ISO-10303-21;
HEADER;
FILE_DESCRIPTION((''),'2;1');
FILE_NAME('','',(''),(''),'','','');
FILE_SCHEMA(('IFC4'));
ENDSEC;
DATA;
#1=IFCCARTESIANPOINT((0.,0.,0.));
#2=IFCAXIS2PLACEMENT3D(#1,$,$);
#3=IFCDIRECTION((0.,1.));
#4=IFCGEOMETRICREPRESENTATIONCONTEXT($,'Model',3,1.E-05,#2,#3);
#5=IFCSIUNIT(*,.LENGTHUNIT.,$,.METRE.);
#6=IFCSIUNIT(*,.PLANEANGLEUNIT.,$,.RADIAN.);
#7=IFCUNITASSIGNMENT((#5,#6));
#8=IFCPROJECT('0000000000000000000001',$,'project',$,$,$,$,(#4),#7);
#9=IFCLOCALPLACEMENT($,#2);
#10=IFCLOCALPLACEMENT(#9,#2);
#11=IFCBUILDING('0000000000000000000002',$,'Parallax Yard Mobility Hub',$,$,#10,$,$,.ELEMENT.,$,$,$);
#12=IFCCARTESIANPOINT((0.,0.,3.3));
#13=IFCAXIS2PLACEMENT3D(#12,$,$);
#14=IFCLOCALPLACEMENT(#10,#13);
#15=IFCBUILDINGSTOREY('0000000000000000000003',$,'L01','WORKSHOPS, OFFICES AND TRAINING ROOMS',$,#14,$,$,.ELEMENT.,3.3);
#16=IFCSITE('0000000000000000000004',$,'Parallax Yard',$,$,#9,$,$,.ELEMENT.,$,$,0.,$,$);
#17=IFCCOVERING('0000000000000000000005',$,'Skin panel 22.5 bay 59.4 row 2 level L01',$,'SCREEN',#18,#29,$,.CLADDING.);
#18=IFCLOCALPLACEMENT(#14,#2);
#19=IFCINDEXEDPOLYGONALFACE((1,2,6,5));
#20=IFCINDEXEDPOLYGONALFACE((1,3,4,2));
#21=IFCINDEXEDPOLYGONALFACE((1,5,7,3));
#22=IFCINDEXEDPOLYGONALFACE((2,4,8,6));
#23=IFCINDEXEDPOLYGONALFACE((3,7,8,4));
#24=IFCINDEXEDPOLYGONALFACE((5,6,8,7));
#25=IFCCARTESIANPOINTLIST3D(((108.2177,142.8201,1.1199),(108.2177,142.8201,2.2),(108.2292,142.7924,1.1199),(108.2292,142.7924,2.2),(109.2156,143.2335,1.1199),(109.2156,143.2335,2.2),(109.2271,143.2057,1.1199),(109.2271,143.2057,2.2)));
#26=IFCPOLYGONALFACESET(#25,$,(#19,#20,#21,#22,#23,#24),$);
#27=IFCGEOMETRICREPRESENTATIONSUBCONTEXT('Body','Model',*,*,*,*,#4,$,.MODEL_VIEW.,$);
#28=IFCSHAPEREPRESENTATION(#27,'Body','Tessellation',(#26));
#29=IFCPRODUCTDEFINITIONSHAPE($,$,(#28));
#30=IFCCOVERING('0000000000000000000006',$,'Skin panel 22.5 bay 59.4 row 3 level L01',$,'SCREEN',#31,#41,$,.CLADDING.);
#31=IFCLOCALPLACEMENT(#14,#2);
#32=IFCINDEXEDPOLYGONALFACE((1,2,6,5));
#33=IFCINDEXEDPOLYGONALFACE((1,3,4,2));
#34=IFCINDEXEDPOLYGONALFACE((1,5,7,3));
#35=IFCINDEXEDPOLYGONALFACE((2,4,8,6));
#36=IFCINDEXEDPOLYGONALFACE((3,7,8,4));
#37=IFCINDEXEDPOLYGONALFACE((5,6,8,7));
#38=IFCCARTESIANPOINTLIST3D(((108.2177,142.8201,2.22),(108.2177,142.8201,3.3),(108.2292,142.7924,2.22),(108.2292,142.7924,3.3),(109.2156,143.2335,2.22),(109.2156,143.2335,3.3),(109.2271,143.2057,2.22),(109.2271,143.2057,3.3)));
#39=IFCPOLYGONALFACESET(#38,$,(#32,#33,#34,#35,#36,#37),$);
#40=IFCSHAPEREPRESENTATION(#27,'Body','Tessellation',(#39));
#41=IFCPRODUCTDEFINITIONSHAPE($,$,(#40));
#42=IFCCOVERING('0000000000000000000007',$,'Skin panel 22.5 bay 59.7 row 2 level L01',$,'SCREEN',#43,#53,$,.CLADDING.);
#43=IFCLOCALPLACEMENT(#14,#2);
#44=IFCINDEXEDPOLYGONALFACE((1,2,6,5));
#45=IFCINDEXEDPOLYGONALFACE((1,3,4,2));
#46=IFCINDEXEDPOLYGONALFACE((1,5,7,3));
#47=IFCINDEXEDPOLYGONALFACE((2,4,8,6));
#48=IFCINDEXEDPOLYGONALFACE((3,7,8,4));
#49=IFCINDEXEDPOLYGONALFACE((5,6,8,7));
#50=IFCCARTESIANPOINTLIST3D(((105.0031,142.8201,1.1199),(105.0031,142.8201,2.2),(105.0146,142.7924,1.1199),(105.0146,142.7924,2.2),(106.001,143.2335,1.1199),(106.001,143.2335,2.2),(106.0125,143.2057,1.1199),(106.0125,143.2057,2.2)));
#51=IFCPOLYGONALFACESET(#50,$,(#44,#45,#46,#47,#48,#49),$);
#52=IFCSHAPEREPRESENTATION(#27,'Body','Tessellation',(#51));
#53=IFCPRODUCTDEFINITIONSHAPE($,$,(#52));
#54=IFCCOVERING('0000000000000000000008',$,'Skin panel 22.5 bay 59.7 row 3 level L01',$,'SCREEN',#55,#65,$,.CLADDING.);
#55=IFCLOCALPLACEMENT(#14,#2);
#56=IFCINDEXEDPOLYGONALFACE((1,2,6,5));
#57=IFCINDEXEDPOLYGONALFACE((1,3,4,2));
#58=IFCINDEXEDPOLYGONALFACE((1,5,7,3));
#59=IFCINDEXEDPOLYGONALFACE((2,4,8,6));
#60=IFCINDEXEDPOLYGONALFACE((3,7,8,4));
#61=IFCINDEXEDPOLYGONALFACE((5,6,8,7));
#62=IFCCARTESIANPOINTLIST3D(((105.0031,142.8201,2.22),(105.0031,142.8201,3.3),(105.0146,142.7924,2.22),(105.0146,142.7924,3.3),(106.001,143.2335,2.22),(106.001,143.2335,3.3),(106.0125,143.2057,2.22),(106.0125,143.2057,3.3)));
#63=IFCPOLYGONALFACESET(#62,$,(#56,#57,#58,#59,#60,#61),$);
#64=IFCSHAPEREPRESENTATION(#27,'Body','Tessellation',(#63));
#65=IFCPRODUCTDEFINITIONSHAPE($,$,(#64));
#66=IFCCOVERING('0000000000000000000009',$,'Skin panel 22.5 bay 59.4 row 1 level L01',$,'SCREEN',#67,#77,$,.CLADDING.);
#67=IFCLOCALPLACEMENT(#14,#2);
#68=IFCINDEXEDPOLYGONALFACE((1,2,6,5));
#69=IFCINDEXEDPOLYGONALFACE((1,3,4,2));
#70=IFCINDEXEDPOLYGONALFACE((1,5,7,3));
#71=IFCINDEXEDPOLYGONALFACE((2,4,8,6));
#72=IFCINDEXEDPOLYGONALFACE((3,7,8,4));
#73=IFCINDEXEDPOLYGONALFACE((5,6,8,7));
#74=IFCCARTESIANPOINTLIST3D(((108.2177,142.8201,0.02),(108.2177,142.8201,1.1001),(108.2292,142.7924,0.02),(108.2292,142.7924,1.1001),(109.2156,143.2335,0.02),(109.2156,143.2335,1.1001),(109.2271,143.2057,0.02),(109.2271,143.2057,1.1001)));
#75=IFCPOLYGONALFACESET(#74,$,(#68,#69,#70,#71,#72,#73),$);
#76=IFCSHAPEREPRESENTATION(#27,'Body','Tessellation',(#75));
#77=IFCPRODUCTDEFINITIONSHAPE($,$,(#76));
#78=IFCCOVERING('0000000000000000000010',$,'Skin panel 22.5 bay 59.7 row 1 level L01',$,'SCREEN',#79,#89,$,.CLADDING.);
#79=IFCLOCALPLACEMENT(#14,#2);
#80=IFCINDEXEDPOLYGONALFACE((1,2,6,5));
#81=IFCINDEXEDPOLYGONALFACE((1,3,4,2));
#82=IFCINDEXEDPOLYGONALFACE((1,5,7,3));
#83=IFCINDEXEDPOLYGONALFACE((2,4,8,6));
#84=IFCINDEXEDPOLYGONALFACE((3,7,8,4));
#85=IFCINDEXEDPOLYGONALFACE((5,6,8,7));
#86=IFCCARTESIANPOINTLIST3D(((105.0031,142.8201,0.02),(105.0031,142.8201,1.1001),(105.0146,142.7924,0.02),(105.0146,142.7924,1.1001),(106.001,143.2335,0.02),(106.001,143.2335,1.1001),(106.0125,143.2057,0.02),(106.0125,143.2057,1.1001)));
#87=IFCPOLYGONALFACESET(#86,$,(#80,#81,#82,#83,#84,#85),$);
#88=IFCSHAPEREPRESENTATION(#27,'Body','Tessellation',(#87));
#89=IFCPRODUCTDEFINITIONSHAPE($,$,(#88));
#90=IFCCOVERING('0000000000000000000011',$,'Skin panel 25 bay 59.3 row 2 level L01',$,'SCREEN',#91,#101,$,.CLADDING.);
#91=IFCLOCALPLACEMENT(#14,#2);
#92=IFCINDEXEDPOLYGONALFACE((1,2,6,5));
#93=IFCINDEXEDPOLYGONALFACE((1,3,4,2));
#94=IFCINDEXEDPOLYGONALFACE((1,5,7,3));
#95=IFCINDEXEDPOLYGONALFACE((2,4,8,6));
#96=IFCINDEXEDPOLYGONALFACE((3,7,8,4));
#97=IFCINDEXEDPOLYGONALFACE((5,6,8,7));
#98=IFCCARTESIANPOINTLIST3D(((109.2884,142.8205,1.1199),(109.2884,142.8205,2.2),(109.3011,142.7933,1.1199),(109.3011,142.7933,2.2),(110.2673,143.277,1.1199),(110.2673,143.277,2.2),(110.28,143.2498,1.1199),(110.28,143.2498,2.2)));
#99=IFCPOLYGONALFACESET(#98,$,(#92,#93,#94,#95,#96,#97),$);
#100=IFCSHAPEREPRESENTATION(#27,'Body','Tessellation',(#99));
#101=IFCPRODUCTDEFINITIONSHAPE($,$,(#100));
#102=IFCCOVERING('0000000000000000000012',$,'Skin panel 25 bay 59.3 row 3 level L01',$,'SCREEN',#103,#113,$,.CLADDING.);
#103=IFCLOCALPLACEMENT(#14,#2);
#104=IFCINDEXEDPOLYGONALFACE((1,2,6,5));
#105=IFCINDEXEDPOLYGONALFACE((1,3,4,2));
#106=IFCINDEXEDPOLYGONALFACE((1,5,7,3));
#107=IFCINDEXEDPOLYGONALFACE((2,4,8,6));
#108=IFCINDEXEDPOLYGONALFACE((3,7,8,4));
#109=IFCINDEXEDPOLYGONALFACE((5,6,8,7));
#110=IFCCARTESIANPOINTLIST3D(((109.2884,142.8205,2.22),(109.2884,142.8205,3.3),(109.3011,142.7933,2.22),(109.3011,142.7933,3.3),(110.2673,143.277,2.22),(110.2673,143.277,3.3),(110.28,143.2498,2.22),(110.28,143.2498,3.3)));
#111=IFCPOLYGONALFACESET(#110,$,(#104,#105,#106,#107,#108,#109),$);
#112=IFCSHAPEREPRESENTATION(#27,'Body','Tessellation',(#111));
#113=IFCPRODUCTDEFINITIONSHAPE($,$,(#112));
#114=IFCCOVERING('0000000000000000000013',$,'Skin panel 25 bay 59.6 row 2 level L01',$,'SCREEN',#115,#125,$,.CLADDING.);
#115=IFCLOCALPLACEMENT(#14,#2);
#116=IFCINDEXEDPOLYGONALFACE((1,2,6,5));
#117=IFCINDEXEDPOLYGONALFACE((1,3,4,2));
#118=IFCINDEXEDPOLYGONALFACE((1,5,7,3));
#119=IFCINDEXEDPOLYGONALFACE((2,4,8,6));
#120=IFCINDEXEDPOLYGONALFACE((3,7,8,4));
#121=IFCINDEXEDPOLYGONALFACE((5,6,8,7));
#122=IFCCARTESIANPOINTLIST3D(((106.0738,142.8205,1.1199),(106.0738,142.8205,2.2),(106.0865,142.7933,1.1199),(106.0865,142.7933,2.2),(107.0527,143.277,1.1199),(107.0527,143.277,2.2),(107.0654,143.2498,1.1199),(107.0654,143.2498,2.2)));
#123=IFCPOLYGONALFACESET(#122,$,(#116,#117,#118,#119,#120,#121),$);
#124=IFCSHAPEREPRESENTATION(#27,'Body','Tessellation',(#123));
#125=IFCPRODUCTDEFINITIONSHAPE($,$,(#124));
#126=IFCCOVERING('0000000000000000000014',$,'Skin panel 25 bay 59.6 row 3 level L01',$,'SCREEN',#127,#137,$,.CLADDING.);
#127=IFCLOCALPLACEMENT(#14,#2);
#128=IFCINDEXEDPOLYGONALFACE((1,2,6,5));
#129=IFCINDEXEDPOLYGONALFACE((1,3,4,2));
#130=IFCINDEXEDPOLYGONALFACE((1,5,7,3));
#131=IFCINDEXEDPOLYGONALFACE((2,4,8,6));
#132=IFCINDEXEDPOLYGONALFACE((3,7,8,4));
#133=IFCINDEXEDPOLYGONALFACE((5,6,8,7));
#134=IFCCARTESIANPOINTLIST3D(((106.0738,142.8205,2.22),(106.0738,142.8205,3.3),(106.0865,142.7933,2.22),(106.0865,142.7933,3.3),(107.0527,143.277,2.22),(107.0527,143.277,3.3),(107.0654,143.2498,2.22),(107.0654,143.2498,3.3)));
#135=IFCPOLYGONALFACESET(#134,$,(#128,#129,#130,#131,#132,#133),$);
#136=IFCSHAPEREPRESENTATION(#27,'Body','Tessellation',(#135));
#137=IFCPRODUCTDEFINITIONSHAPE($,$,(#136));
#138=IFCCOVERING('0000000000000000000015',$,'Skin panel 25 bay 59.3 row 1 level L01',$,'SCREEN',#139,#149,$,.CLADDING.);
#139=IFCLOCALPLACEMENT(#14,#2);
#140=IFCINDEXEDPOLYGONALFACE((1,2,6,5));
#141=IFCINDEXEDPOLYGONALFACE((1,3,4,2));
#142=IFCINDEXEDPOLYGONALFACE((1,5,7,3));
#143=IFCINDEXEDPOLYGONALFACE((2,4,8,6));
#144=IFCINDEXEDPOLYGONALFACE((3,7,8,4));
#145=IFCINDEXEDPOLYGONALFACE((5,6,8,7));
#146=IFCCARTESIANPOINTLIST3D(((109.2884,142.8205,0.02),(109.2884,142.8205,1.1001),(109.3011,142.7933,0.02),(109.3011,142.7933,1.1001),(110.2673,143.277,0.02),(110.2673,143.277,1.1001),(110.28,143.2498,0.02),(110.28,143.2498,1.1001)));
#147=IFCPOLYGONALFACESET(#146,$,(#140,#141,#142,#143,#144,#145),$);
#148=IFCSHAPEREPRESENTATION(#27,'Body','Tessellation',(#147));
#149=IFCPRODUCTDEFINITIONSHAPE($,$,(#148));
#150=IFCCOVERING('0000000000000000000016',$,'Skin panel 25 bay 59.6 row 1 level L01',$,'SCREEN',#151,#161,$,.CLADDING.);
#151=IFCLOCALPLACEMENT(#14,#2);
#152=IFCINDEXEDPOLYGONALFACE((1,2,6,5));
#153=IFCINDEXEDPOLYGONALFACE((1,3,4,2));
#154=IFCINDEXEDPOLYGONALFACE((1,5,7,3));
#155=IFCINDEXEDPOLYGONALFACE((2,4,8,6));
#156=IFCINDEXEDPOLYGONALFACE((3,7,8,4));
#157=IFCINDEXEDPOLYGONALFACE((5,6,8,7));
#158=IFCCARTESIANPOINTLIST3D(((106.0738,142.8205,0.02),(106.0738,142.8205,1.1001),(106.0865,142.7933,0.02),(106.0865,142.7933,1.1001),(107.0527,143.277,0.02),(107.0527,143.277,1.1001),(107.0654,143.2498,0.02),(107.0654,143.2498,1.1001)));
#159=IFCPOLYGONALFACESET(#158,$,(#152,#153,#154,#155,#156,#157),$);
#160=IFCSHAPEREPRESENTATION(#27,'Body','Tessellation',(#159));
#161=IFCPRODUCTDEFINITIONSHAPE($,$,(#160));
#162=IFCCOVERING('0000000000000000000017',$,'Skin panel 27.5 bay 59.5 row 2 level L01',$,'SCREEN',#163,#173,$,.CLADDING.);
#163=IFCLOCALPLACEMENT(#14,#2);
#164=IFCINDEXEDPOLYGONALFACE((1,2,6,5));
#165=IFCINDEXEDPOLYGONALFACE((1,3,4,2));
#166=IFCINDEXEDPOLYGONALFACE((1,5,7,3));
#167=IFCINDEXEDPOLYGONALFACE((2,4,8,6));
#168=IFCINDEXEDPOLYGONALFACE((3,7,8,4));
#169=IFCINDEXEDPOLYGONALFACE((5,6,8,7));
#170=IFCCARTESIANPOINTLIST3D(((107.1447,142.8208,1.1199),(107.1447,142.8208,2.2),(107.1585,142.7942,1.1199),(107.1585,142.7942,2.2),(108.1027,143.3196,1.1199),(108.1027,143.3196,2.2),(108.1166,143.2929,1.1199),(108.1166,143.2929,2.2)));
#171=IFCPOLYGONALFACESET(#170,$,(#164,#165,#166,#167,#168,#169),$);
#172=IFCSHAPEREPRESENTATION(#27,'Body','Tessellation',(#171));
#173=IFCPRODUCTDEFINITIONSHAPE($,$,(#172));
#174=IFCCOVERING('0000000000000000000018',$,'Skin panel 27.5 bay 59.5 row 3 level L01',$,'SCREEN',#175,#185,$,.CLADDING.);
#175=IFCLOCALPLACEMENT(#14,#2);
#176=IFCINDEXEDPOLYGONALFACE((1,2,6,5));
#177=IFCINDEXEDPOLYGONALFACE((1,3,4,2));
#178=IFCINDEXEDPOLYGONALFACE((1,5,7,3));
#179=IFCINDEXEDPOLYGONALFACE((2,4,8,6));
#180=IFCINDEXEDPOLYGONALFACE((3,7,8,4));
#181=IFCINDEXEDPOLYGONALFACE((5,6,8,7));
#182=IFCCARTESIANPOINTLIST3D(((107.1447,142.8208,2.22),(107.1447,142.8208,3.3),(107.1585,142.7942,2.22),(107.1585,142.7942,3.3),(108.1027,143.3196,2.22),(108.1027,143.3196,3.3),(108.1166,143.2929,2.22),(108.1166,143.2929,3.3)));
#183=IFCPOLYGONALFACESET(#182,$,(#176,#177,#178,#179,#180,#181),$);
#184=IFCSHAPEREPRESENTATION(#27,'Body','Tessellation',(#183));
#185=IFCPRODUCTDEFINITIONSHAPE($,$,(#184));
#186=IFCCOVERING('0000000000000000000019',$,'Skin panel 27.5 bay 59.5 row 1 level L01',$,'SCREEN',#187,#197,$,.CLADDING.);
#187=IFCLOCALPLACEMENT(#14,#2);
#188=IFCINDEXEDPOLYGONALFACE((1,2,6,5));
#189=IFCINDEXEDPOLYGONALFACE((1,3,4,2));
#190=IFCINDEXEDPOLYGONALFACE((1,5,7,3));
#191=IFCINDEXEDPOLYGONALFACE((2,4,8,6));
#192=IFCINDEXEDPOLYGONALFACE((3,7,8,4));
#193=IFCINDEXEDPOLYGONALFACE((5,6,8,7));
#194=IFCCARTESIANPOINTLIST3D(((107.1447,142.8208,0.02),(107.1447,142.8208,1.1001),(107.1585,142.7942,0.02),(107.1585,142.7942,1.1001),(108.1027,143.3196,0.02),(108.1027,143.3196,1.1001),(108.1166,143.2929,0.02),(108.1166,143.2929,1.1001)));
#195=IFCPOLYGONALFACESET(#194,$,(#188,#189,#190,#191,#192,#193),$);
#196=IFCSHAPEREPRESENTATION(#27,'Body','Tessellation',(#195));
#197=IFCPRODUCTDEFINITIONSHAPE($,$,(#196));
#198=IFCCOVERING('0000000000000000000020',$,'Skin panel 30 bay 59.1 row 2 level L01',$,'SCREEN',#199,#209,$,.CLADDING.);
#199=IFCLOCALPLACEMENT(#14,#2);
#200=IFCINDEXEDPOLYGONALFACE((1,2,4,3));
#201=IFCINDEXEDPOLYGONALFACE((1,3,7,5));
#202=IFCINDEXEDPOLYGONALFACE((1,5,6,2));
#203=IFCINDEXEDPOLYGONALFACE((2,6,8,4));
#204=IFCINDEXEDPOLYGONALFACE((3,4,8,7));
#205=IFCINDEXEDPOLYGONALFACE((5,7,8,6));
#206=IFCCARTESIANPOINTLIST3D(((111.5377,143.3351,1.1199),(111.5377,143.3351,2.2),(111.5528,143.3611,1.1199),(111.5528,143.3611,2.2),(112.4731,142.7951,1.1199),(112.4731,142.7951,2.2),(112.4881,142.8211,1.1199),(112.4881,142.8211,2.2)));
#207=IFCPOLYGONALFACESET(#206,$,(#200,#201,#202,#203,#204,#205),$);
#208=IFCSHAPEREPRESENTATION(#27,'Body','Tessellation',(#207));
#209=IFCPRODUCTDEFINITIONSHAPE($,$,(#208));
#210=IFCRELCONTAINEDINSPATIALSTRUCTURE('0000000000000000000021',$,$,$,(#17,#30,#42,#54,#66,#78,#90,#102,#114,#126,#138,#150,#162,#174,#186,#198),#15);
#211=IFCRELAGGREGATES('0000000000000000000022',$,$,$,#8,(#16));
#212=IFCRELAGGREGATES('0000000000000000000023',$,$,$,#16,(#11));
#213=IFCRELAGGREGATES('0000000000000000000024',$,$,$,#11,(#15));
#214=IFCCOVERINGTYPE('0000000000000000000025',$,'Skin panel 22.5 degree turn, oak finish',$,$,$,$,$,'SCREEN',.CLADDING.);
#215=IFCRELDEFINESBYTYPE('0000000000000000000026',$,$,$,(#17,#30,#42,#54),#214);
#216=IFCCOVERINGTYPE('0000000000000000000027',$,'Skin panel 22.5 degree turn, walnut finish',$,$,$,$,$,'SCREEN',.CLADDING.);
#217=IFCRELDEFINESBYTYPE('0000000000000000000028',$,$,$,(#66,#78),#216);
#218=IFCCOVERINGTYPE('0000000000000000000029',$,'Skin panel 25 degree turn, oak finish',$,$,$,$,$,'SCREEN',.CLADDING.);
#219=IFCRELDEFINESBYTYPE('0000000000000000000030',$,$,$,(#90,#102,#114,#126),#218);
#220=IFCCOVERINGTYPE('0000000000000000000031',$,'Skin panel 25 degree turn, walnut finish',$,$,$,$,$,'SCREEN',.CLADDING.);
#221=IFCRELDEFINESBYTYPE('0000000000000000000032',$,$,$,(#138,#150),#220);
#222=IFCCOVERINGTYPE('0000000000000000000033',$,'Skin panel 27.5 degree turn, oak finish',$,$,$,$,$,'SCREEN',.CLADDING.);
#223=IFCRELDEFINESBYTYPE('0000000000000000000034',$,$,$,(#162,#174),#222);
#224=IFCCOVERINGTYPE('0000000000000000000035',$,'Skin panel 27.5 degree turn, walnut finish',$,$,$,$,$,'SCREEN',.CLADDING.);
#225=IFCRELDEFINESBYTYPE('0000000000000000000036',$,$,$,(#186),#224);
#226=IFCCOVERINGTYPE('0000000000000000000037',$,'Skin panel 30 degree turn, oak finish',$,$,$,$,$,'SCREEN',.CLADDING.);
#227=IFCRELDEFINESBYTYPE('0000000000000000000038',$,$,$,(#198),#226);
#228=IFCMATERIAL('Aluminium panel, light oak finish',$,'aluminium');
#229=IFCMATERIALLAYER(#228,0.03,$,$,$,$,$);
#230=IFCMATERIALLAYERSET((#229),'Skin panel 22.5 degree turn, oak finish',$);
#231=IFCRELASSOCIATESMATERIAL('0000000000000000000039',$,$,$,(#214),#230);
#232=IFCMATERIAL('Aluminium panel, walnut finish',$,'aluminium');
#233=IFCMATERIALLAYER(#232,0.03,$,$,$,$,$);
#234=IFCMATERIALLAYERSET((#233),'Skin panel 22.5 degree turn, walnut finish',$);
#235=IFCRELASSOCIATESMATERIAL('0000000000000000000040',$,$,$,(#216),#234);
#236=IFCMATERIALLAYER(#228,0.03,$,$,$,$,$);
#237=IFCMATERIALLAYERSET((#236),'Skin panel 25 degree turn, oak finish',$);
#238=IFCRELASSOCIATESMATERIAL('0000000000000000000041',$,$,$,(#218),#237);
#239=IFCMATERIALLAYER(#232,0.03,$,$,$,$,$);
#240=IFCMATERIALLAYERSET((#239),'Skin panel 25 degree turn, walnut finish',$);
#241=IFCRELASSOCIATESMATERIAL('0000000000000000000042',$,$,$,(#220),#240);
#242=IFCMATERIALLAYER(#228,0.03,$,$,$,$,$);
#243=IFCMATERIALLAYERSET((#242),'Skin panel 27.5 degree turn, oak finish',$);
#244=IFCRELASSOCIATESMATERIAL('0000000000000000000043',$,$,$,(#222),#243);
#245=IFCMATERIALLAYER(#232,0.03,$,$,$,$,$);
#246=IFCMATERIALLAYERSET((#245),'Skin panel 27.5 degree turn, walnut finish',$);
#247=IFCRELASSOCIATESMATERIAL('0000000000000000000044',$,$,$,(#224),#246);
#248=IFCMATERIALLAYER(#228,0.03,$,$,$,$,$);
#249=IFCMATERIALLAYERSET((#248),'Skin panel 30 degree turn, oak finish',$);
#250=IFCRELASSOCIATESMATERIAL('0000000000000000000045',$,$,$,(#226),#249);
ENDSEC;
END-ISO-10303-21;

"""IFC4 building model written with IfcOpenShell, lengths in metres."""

from ifc_helpers import new_model, si_unit, direction, frame, origin, origin_2d, place, context, subcontext, project, spatial, rectangle, extrude, material, layer, layer_set, type_object, element, save


model = new_model("IFC4")

# Units and contexts
model_context = context("Model", 3, precision=1e-05, world=origin(), true_north=direction((0.0, 1.0)))
body_context = subcontext(model_context, "Body", "Model", "MODEL_VIEW")
ifc_project = project(units=[si_unit("LENGTHUNIT", "METRE"), si_unit("PLANEANGLEUNIT", "RADIAN")], contexts=[model_context])

# Site, building, storey
site_placement = place(None, origin())
site = spatial("IfcSite", under=ifc_project, at=site_placement, Name="Parallax Yard", CompositionType="ELEMENT", RefElevation=0.0)
building_placement = place(site_placement, origin())
building = spatial("IfcBuilding", under=site, at=building_placement, Name="Parallax Yard Mobility Hub", CompositionType="ELEMENT")
storey_placement = place(building_placement, frame((0.0, 0.0, 3.3)))
storey = spatial("IfcBuildingStorey", under=building, at=storey_placement, Name="L01", Description="WORKSHOPS, OFFICES AND TRAINING ROOMS", CompositionType="ELEMENT", Elevation=3.3)

# Coverings
ifc_material_1 = material(Name="Aluminium panel, light oak finish", Category="aluminium")
ifc_layer_1 = layer(ifc_material_1, 0.03)
ifc_layer_set_1 = layer_set([ifc_layer_1], Name="Skin panel 22.5 degree turn, oak finish")
covering_type_1 = type_object("IfcCoveringType", Name="Skin panel 22.5 degree turn, oak finish", ElementType="SCREEN", PredefinedType="CLADDING", material=ifc_layer_set_1)
for number, where, z_axis, x_axis, name in (
    (1, (108.7224, 143.0129, 1.1199), (0.0, 0.0, 1.0), (0.92388, 0.382683, 0.0), "Skin panel 22.5 bay 59.4 row 2 level L01"),
    (2, (108.7224, 143.0129, 2.22), (0.0, 0.0, 1.0), (0.92388, 0.382683, 0.0), "Skin panel 22.5 bay 59.4 row 3 level L01"),
    (3, (105.5078, 143.0129, 1.1199), (0.0, 0.0, 1.0), (0.92388, 0.382683, 0.0), "Skin panel 22.5 bay 59.7 row 2 level L01"),
    (4, (105.5078, 143.0129, 2.22), (0.0, 0.0, 1.0), (0.92388, 0.382683, 0.0), "Skin panel 22.5 bay 59.7 row 3 level L01"),
):
    element("IfcCovering", number, at=place(storey_placement, frame(where, z_axis=z_axis, x_axis=x_axis)), inside=storey, type_object=covering_type_1, Name=name, ObjectType="SCREEN", PredefinedType="CLADDING", context=body_context, shape_type="SweptSolid", body=[
        extrude(rectangle(XDim=1.0801, YDim=0.03, at=origin_2d()), origin(), (0.0, 0.0, 1.0), 1.0801),
    ])
ifc_material_2 = material(Name="Aluminium panel, walnut finish", Category="aluminium")
ifc_layer_2 = layer(ifc_material_2, 0.03)
ifc_layer_set_2 = layer_set([ifc_layer_2], Name="Skin panel 22.5 degree turn, walnut finish")
covering_type_2 = type_object("IfcCoveringType", Name="Skin panel 22.5 degree turn, walnut finish", ElementType="SCREEN", PredefinedType="CLADDING", material=ifc_layer_set_2)
for number, where, z_axis, x_axis, name in (
    (5, (108.7224, 143.0129, 0.02), (0.0, 0.0, 1.0), (0.92388, 0.382683, 0.0), "Skin panel 22.5 bay 59.4 row 1 level L01"),
    (6, (105.5078, 143.0129, 0.02), (0.0, 0.0, 1.0), (0.92388, 0.382683, 0.0), "Skin panel 22.5 bay 59.7 row 1 level L01"),
):
    element("IfcCovering", number, at=place(storey_placement, frame(where, z_axis=z_axis, x_axis=x_axis)), inside=storey, type_object=covering_type_2, Name=name, ObjectType="SCREEN", PredefinedType="CLADDING", context=body_context, shape_type="SweptSolid", body=[
        extrude(rectangle(XDim=1.0801, YDim=0.03, at=origin_2d()), origin(), (0.0, 0.0, 1.0), 1.0801),
    ])
ifc_layer_3 = layer(ifc_material_1, 0.03)
ifc_layer_set_3 = layer_set([ifc_layer_3], Name="Skin panel 25 degree turn, oak finish")
covering_type_3 = type_object("IfcCoveringType", Name="Skin panel 25 degree turn, oak finish", ElementType="SCREEN", PredefinedType="CLADDING", material=ifc_layer_set_3)
for number, where, z_axis, x_axis, name in (
    (7, (109.7842, 143.0352, 1.1199), (0.0, 0.0, 1.0), (0.906308, 0.422618, 0.0), "Skin panel 25 bay 59.3 row 2 level L01"),
    (8, (109.7842, 143.0352, 2.22), (0.0, 0.0, 1.0), (0.906308, 0.422618, 0.0), "Skin panel 25 bay 59.3 row 3 level L01"),
    (9, (106.5696, 143.0352, 1.1199), (0.0, 0.0, 1.0), (0.906308, 0.422618, 0.0), "Skin panel 25 bay 59.6 row 2 level L01"),
    (10, (106.5696, 143.0352, 2.22), (0.0, 0.0, 1.0), (0.906308, 0.422618, 0.0), "Skin panel 25 bay 59.6 row 3 level L01"),
):
    element("IfcCovering", number, at=place(storey_placement, frame(where, z_axis=z_axis, x_axis=x_axis)), inside=storey, type_object=covering_type_3, Name=name, ObjectType="SCREEN", PredefinedType="CLADDING", context=body_context, shape_type="SweptSolid", body=[
        extrude(rectangle(XDim=1.0801, YDim=0.03, at=origin_2d()), origin(), (0.0, 0.0, 1.0), 1.0801),
    ])
ifc_layer_4 = layer(ifc_material_2, 0.03)
ifc_layer_set_4 = layer_set([ifc_layer_4], Name="Skin panel 25 degree turn, walnut finish")
covering_type_4 = type_object("IfcCoveringType", Name="Skin panel 25 degree turn, walnut finish", ElementType="SCREEN", PredefinedType="CLADDING", material=ifc_layer_set_4)
for number, where, z_axis, x_axis, name in (
    (11, (109.7842, 143.0352, 0.02), (0.0, 0.0, 1.0), (0.906308, 0.422618, 0.0), "Skin panel 25 bay 59.3 row 1 level L01"),
    (12, (106.5696, 143.0352, 0.02), (0.0, 0.0, 1.0), (0.906308, 0.422618, 0.0), "Skin panel 25 bay 59.6 row 1 level L01"),
):
    element("IfcCovering", number, at=place(storey_placement, frame(where, z_axis=z_axis, x_axis=x_axis)), inside=storey, type_object=covering_type_4, Name=name, ObjectType="SCREEN", PredefinedType="CLADDING", context=body_context, shape_type="SweptSolid", body=[
        extrude(rectangle(XDim=1.0801, YDim=0.03, at=origin_2d()), origin(), (0.0, 0.0, 1.0), 1.0801),
    ])
ifc_layer_5 = layer(ifc_material_1, 0.03)
ifc_layer_set_5 = layer_set([ifc_layer_5], Name="Skin panel 27.5 degree turn, oak finish")
covering_type_5 = type_object("IfcCoveringType", Name="Skin panel 27.5 degree turn, oak finish", ElementType="SCREEN", PredefinedType="CLADDING", material=ifc_layer_set_5)
for number, where, z_axis, x_axis, name in (
    (13, (107.6306, 143.0569, 1.1199), (0.0, 0.0, 1.0), (0.887011, 0.461749, 0.0), "Skin panel 27.5 bay 59.5 row 2 level L01"),
    (14, (107.6306, 143.0569, 2.22), (0.0, 0.0, 1.0), (0.887011, 0.461749, 0.0), "Skin panel 27.5 bay 59.5 row 3 level L01"),
):
    element("IfcCovering", number, at=place(storey_placement, frame(where, z_axis=z_axis, x_axis=x_axis)), inside=storey, type_object=covering_type_5, Name=name, ObjectType="SCREEN", PredefinedType="CLADDING", context=body_context, shape_type="SweptSolid", body=[
        extrude(rectangle(XDim=1.0801, YDim=0.03, at=origin_2d()), origin(), (0.0, 0.0, 1.0), 1.0801),
    ])
ifc_layer_6 = layer(ifc_material_2, 0.03)
ifc_layer_set_6 = layer_set([ifc_layer_6], Name="Skin panel 27.5 degree turn, walnut finish")
covering_type_6 = type_object("IfcCoveringType", Name="Skin panel 27.5 degree turn, walnut finish", ElementType="SCREEN", PredefinedType="CLADDING", material=ifc_layer_set_6)
covering_1_placement = place(storey_placement, frame((107.6306, 143.0569, 0.02), z_axis=(0.0, 0.0, 1.0), x_axis=(0.887011, 0.461749, 0.0)))
element("IfcCovering", 15, at=covering_1_placement, inside=storey, type_object=covering_type_6, Name="Skin panel 27.5 bay 59.5 row 1 level L01", ObjectType="SCREEN", PredefinedType="CLADDING", context=body_context, shape_type="SweptSolid", body=[
    extrude(rectangle(XDim=1.0801, YDim=0.03, at=origin_2d()), origin(), (0.0, 0.0, 1.0), 1.0801),
])
ifc_layer_7 = layer(ifc_material_1, 0.03)
ifc_layer_set_7 = layer_set([ifc_layer_7], Name="Skin panel 30 degree turn, oak finish")
covering_type_7 = type_object("IfcCoveringType", Name="Skin panel 30 degree turn, oak finish", ElementType="SCREEN", PredefinedType="CLADDING", material=ifc_layer_set_7)
for number, where, z_axis, x_axis, name in (
    (16, (112.0129, 143.0781, 1.1199), (0.0, 0.0, 1.0), (-0.866025, 0.5, 0.0), "Skin panel 30 bay 59.1 row 2 level L01"),
):
    element("IfcCovering", number, at=place(storey_placement, frame(where, z_axis=z_axis, x_axis=x_axis)), inside=storey, type_object=covering_type_7, Name=name, ObjectType="SCREEN", PredefinedType="CLADDING", context=body_context, shape_type="SweptSolid", body=[
        extrude(rectangle(XDim=1.0801, YDim=0.03, at=origin_2d()), origin(), (0.0, 0.0, 1.0), 1.0801),
    ])

save(model, "model.ifc")
